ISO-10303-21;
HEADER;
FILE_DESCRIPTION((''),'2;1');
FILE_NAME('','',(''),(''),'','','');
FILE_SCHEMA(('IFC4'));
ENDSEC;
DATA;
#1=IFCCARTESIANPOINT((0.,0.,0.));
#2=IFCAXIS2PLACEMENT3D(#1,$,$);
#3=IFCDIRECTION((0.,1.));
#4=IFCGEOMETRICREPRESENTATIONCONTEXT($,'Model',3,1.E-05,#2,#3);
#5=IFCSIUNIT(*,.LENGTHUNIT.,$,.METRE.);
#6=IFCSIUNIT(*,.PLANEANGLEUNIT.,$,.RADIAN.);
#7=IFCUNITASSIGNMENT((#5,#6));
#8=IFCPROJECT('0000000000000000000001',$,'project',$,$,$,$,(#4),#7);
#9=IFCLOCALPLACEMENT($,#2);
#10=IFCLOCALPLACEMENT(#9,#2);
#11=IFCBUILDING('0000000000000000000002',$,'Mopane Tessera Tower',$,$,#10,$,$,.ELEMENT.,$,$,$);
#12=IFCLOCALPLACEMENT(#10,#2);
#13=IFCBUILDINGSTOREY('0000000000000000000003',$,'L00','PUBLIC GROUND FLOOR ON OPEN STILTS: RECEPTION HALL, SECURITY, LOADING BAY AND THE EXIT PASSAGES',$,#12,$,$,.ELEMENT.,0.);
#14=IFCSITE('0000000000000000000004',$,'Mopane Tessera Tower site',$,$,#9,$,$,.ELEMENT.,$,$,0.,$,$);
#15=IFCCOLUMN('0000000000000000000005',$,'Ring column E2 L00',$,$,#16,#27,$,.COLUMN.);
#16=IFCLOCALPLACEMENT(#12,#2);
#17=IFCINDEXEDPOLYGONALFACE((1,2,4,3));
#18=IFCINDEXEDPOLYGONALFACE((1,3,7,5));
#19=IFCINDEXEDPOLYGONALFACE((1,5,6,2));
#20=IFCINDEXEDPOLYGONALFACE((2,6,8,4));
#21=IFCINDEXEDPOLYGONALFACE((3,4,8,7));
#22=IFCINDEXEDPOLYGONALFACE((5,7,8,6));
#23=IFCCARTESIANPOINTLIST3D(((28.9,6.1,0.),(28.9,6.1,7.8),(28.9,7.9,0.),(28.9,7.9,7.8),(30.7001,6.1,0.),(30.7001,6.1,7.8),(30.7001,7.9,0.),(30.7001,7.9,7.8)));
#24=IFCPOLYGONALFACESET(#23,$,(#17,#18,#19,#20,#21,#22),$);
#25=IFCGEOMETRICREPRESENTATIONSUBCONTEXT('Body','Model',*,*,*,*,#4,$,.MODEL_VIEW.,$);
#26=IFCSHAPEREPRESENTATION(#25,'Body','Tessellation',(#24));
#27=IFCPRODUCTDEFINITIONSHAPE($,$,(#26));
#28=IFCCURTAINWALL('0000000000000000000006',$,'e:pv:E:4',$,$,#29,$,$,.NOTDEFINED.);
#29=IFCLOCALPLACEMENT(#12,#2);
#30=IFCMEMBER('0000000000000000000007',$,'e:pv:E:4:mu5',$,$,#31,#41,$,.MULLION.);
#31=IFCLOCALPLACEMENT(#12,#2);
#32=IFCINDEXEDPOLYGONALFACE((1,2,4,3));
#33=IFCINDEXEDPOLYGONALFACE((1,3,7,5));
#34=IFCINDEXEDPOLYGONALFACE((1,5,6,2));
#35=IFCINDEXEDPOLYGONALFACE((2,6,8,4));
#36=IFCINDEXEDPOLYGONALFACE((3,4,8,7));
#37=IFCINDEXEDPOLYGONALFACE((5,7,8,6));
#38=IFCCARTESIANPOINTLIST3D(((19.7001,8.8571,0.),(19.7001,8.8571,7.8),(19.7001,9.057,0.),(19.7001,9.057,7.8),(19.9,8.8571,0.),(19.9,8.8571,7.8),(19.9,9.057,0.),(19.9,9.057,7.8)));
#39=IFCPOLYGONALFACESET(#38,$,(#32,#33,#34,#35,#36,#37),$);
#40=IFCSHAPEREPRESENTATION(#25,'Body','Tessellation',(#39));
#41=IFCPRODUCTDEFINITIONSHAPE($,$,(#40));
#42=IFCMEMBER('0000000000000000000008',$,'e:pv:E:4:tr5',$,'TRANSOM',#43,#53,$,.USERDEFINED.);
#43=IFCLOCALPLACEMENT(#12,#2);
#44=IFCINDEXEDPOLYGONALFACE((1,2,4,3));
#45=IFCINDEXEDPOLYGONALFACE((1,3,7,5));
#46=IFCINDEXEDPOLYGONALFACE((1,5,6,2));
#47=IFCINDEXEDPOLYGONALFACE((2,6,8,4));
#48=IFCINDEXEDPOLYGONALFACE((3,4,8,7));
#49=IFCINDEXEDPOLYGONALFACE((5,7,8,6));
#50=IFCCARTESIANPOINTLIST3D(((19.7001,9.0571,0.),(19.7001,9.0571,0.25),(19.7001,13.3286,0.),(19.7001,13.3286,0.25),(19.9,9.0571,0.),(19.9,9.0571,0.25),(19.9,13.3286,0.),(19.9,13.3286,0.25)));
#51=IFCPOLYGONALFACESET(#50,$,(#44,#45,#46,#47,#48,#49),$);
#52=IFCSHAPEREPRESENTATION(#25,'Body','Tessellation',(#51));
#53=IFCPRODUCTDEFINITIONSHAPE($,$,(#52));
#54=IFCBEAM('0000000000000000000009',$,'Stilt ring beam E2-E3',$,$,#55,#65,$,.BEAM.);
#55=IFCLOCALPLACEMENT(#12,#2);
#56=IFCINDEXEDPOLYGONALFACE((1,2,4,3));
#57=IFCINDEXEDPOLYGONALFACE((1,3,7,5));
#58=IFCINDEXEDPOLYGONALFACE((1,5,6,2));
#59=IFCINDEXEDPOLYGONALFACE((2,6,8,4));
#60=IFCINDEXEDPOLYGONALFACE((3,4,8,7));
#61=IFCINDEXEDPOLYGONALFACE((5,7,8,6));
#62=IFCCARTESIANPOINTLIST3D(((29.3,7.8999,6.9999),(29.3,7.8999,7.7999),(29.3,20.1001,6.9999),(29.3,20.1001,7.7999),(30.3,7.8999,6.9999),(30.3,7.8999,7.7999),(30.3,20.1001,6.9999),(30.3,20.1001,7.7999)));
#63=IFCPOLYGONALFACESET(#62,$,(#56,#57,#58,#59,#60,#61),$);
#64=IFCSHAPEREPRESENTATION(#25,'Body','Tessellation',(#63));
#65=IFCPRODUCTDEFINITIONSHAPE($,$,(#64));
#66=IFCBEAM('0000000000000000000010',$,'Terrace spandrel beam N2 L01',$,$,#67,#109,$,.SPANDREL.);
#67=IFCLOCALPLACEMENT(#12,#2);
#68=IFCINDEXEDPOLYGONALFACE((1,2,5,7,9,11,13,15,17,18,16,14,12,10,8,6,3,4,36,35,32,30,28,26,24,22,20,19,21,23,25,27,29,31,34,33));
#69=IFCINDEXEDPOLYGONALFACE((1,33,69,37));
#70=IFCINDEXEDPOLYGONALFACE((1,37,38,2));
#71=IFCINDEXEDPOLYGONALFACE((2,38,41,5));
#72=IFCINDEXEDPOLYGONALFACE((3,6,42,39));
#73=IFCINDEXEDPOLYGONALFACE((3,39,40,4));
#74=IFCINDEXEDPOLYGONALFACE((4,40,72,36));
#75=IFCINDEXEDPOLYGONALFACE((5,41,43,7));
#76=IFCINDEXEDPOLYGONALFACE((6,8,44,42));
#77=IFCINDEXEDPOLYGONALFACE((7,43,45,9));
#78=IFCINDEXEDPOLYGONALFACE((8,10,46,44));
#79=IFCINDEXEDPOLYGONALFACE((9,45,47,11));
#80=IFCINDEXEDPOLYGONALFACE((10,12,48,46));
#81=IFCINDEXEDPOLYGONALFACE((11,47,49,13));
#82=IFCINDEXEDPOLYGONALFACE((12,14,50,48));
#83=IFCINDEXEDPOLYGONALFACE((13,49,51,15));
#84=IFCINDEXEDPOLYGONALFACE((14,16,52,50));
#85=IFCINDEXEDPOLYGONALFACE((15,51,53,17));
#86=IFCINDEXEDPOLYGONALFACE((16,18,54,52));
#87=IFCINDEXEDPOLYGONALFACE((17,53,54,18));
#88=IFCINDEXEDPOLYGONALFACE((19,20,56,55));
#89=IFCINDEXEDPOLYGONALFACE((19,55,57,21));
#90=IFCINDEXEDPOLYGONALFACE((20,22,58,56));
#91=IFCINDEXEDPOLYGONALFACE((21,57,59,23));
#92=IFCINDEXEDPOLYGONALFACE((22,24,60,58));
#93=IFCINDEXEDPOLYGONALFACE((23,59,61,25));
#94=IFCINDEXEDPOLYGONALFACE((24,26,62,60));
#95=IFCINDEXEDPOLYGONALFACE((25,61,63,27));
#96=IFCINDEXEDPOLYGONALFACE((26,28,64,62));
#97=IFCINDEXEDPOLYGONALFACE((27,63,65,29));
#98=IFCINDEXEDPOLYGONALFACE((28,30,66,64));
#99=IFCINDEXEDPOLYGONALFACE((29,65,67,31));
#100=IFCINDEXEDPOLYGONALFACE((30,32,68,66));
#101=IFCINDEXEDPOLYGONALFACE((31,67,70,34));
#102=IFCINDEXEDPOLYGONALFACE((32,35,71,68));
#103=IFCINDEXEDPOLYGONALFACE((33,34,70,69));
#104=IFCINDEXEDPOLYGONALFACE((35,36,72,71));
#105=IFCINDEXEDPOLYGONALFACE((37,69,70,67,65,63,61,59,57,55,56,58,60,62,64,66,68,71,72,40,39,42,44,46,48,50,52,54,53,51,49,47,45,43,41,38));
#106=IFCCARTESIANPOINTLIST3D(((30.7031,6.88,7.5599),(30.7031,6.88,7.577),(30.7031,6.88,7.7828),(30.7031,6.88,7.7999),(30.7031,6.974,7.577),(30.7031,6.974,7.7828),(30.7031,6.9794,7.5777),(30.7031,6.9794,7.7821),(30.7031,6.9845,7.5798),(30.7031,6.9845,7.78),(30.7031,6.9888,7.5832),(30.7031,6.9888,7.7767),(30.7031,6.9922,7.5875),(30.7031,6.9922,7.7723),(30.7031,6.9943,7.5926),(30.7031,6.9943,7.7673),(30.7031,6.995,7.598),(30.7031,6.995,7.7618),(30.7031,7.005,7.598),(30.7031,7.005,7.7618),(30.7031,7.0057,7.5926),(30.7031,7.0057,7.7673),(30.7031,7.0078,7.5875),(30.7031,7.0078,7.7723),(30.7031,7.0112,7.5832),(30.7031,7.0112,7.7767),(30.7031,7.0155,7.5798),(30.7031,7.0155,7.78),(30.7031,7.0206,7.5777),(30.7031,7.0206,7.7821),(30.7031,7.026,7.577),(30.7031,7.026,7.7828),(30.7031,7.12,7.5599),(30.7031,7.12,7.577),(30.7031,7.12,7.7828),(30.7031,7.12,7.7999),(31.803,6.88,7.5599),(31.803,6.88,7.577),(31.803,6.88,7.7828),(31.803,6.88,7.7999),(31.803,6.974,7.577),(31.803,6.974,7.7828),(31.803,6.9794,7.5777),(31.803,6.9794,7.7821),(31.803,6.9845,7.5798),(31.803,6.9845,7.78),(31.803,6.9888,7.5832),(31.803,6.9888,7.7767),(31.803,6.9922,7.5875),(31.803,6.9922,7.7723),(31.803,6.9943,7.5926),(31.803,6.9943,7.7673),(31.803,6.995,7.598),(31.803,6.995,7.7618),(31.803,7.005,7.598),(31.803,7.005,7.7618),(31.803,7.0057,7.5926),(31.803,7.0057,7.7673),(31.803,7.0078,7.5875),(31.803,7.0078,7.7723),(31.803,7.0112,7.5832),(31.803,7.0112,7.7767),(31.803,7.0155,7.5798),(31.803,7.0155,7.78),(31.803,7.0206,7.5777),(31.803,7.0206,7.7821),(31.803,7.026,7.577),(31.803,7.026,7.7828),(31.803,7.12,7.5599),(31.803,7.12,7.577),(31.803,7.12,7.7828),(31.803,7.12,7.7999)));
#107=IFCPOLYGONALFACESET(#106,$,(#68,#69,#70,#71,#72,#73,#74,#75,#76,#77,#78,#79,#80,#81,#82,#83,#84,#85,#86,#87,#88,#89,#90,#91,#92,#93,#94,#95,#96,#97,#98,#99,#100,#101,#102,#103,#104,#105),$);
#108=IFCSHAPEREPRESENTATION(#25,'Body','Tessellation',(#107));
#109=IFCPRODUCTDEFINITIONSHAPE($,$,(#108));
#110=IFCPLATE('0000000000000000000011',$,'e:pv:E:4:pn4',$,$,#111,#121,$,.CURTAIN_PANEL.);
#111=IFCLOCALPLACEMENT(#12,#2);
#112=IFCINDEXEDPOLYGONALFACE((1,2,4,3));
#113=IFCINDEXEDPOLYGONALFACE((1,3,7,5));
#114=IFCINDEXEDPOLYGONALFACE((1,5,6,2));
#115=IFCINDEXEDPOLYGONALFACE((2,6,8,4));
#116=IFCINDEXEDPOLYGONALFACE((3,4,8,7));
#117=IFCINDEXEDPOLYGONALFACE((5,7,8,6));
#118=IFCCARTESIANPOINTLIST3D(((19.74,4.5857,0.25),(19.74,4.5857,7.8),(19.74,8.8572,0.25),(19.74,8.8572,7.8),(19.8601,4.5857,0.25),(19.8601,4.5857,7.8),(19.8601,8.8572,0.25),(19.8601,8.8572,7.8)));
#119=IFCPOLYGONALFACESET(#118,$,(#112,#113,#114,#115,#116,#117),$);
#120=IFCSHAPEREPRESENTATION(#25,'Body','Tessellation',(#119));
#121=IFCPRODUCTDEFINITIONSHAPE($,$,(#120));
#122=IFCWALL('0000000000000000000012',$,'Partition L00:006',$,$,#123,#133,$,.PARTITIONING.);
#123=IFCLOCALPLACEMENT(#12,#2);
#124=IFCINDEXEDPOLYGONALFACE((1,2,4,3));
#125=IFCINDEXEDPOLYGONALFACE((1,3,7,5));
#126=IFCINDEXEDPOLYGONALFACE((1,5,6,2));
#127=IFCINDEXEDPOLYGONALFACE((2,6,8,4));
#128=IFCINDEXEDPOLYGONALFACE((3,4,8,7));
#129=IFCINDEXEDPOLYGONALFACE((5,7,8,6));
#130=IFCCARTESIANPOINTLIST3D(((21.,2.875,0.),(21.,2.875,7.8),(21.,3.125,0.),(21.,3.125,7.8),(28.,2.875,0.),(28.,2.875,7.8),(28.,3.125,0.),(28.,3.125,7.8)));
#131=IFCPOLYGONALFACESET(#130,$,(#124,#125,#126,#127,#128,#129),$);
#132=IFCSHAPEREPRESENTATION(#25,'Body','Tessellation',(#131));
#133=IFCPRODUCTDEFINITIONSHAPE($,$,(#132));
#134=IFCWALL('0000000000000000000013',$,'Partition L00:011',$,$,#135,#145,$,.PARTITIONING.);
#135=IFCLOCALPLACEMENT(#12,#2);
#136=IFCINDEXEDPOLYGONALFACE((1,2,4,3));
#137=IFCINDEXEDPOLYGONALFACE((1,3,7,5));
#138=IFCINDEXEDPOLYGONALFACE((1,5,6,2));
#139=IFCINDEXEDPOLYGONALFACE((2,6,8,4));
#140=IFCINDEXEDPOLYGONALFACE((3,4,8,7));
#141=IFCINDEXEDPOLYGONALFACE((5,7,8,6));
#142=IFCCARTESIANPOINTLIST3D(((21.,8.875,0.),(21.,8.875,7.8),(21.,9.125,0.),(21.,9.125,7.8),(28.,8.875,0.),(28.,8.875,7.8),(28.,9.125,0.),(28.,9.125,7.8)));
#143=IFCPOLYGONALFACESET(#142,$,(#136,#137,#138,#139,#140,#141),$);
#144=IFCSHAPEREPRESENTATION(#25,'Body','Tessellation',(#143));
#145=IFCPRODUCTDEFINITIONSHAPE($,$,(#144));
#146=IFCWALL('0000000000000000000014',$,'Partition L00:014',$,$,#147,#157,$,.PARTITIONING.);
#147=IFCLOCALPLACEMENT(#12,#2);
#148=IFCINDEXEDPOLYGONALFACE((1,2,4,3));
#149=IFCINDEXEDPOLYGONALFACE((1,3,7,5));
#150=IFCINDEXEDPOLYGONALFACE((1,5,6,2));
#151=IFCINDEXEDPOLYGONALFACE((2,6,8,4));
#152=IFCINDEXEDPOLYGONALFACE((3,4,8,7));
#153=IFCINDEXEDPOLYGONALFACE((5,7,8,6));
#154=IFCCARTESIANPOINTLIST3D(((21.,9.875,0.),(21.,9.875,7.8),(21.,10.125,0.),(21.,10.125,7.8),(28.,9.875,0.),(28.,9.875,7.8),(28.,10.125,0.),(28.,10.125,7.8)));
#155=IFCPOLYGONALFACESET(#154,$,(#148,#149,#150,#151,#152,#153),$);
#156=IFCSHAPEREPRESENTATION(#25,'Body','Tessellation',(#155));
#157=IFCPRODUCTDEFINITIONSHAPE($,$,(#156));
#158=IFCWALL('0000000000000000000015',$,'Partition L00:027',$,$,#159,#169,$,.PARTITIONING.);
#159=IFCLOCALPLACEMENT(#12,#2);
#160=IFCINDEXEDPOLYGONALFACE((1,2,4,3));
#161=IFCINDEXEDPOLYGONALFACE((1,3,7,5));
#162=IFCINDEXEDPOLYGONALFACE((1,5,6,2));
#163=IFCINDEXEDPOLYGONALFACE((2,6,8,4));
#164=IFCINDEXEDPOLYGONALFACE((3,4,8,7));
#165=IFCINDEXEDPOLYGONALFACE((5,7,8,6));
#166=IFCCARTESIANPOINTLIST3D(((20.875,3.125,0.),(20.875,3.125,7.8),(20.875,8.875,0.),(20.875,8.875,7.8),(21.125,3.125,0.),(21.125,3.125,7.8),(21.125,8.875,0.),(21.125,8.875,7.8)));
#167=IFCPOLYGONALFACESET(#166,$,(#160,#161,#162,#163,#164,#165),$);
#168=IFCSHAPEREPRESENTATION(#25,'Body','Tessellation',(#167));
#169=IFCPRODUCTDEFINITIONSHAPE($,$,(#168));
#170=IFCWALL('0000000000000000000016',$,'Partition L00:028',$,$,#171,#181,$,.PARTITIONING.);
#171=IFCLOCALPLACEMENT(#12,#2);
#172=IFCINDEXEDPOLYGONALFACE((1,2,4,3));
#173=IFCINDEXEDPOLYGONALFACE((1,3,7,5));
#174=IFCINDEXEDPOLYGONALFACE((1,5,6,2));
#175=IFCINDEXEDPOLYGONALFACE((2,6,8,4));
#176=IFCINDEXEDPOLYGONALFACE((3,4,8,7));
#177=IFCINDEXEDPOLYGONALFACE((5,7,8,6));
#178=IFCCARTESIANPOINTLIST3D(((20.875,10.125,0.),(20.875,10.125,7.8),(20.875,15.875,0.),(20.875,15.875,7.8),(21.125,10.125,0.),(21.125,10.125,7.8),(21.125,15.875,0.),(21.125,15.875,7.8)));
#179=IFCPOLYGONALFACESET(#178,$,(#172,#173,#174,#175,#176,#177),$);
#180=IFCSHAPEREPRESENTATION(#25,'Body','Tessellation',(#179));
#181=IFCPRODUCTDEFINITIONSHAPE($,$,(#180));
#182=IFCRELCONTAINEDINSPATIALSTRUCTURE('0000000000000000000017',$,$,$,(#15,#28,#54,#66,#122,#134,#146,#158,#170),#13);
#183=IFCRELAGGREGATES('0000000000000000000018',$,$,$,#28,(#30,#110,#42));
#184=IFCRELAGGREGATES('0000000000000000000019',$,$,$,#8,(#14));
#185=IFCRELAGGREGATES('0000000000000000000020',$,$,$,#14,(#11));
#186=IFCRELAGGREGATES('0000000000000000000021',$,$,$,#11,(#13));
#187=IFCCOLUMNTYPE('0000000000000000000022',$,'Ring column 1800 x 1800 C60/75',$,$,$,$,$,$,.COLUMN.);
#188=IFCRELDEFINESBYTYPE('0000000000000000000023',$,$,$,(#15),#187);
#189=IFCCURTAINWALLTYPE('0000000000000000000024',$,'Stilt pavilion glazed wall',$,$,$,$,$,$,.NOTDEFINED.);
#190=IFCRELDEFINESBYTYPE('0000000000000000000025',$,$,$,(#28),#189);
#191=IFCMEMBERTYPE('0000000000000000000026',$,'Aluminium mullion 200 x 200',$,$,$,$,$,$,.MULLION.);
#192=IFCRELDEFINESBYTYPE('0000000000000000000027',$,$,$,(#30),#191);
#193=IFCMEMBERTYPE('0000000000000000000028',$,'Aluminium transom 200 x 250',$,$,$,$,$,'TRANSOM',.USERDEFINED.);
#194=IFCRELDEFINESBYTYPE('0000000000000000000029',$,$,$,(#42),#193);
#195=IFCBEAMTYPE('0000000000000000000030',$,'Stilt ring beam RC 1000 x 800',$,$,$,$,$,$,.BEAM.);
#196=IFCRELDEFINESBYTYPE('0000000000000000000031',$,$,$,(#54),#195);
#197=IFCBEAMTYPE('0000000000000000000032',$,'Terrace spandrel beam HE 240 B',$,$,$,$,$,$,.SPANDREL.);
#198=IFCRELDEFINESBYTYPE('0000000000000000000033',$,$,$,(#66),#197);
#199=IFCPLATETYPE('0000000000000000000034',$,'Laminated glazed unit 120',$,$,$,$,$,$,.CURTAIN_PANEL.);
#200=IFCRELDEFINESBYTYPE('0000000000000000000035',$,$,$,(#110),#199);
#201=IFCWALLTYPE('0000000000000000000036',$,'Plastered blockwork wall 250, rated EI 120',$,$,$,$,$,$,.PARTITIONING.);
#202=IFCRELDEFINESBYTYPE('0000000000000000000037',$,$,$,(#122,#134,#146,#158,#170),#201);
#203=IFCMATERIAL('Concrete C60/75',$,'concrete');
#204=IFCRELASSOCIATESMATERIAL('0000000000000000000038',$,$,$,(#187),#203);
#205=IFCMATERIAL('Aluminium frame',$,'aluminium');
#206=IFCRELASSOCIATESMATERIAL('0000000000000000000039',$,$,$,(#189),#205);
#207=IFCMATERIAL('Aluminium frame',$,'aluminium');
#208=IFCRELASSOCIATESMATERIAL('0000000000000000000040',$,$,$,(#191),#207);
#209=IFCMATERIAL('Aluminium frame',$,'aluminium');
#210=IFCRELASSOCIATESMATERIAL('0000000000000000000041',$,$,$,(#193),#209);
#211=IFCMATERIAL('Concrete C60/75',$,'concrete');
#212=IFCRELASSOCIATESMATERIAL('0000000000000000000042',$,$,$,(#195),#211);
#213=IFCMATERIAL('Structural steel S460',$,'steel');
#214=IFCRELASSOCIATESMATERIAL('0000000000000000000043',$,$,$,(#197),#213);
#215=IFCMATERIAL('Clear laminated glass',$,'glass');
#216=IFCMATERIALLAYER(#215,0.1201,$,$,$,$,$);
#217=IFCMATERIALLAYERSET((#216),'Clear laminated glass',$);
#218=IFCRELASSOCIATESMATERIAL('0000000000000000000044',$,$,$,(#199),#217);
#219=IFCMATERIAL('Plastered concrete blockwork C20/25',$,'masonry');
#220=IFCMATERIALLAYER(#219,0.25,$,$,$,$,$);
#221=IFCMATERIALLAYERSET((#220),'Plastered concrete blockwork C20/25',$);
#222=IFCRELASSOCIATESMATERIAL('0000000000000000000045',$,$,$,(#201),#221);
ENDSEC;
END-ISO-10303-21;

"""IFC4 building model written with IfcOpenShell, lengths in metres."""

from ifc_helpers import new_model, si_unit, direction, frame, frame_2d, origin, origin_2d, place, context, subcontext, project, spatial, rectangle, i_section, extrude, material, layer, layer_set, material_profile, profile_set, type_object, element, aggregate, save


model = new_model("IFC4")

# Units and contexts
model_context = context("Model", 3, precision=1e-05, world=origin(), true_north=direction((0.0, 1.0)))
body_context = subcontext(model_context, "Body", "Model", "MODEL_VIEW")
ifc_project = project(units=[si_unit("LENGTHUNIT", "METRE"), si_unit("PLANEANGLEUNIT", "RADIAN")], contexts=[model_context])

# Site, building, storey
site_placement = place(None, origin())
site = spatial("IfcSite", under=ifc_project, at=site_placement, Name="Mopane Tessera Tower site", CompositionType="ELEMENT", RefElevation=0.0)
building_placement = place(site_placement, origin())
building = spatial("IfcBuilding", under=site, at=building_placement, Name="Mopane Tessera Tower", CompositionType="ELEMENT")
storey_placement = place(building_placement, origin())
storey = spatial("IfcBuildingStorey", under=building, at=storey_placement, Name="L00", Description="PUBLIC GROUND FLOOR ON OPEN STILTS: RECEPTION HALL, SECURITY, LOADING BAY AND THE EXIT PASSAGES", CompositionType="ELEMENT", Elevation=0.0)

# Column
ifc_material_1 = material(Name="Concrete C60/75", Category="concrete")
ifc_material_profile_1 = material_profile(ifc_material_1, rectangle(XDim=1.8, YDim=1.8, at=origin_2d()))
ifc_profile_set_1 = profile_set([ifc_material_profile_1], Name="Concrete C60/75")
column_type = type_object("IfcColumnType", Name="Ring column 1800 x 1800 C60/75", PredefinedType="COLUMN", material=ifc_profile_set_1)
column_placement = place(storey_placement, frame((29.8, 7.0, 0.0), z_axis=(0.0, 0.0, 1.0), x_axis=(1.0, 0.0, 0.0)))
element("IfcColumn", 1, at=column_placement, inside=storey, type_object=column_type, Name="Ring column E2 L00", PredefinedType="COLUMN", context=body_context, shape_type="SweptSolid", body=[
    extrude(rectangle(XDim=1.8, YDim=1.8, at=origin_2d()), origin(), (0.0, 0.0, 1.0), 7.8),
])

# Curtain wall, members
ifc_material_2 = material(Name="Aluminium frame", Category="aluminium")
curtain_wall_type = type_object("IfcCurtainWallType", Name="Stilt pavilion glazed wall", PredefinedType="NOTDEFINED", material=ifc_material_2)
curtain_wall_placement = place(storey_placement, origin())
curtain_wall = element("IfcCurtainWall", 2, at=curtain_wall_placement, inside=storey, type_object=curtain_wall_type, Name="e:pv:E:4", PredefinedType="NOTDEFINED")
ifc_material_3 = material(Name="Aluminium frame", Category="aluminium")
ifc_material_profile_2 = material_profile(ifc_material_3, rectangle(XDim=0.2, YDim=0.2, at=origin_2d()))
ifc_profile_set_2 = profile_set([ifc_material_profile_2], Name="Aluminium frame")
member_type_1 = type_object("IfcMemberType", Name="Aluminium mullion 200 x 200", PredefinedType="MULLION", material=ifc_profile_set_2)
member_1_placement = place(storey_placement, frame((19.8, 8.957, 0.0), z_axis=(0.0, 0.0, 1.0), x_axis=(0.0, 1.0, 0.0)))
member_1 = element("IfcMember", 3, at=member_1_placement, type_object=member_type_1, Name="e:pv:E:4:mu5", PredefinedType="MULLION", context=body_context, shape_type="SweptSolid", body=[
    extrude(rectangle(XDim=0.2, YDim=0.2, at=origin_2d()), origin(), (0.0, 0.0, 1.0), 7.8),
])
ifc_material_4 = material(Name="Aluminium frame", Category="aluminium")
ifc_material_profile_3 = material_profile(ifc_material_4, rectangle(XDim=0.2, YDim=0.25, at=origin_2d()))
ifc_profile_set_3 = profile_set([ifc_material_profile_3], Name="Aluminium frame")
member_type_2 = type_object("IfcMemberType", Name="Aluminium transom 200 x 250", ElementType="TRANSOM", PredefinedType="USERDEFINED", material=ifc_profile_set_3)
member_2_placement = place(storey_placement, frame((19.8, 9.0571, 0.125), z_axis=(0.0, 1.0, 0.0), x_axis=(-1.0, 0.0, 0.0)))
member_2 = element("IfcMember", 4, at=member_2_placement, type_object=member_type_2, Name="e:pv:E:4:tr5", ObjectType="TRANSOM", PredefinedType="USERDEFINED", context=body_context, shape_type="SweptSolid", body=[
    extrude(rectangle(XDim=0.2, YDim=0.25, at=origin_2d()), origin(), (0.0, 0.0, 1.0), 4.2715),
])

# Beams
ifc_material_5 = material(Name="Concrete C60/75", Category="concrete")
ifc_material_profile_4 = material_profile(ifc_material_5, rectangle(XDim=1.0, YDim=0.8, at=origin_2d()))
ifc_profile_set_4 = profile_set([ifc_material_profile_4], Name="Concrete C60/75")
beam_type_1 = type_object("IfcBeamType", Name="Stilt ring beam RC 1000 x 800", PredefinedType="BEAM", material=ifc_profile_set_4)
beam_1_placement = place(storey_placement, frame((29.8, 7.8999, 7.3999), z_axis=(0.0, 1.0, 0.0), x_axis=(-1.0, 0.0, 0.0)))
element("IfcBeam", 5, at=beam_1_placement, inside=storey, type_object=beam_type_1, Name="Stilt ring beam E2-E3", PredefinedType="BEAM", context=body_context, shape_type="SweptSolid", body=[
    extrude(rectangle(XDim=1.0, YDim=0.8, at=origin_2d()), origin(), (0.0, 0.0, 1.0), 12.2002),
])
ifc_material_6 = material(Name="Structural steel S460", Category="steel")
ifc_material_profile_5 = material_profile(ifc_material_6, i_section(OverallWidth=0.24, OverallDepth=0.24, WebThickness=0.01, FlangeThickness=0.0171, FilletRadius=0.021, at=origin_2d()))
ifc_profile_set_5 = profile_set([ifc_material_profile_5], Name="Structural steel S460")
beam_type_2 = type_object("IfcBeamType", Name="Terrace spandrel beam HE 240 B", PredefinedType="SPANDREL", material=ifc_profile_set_5)
beam_2_placement = place(storey_placement, frame((30.7031, 7.0, 7.6799), z_axis=(1.0, 0.0, 0.0), x_axis=(0.0, 1.0, 0.0)))
element("IfcBeam", 6, at=beam_2_placement, inside=storey, type_object=beam_type_2, Name="Terrace spandrel beam N2 L01", PredefinedType="SPANDREL", context=body_context, shape_type="SweptSolid", body=[
    extrude(i_section(OverallWidth=0.24, OverallDepth=0.24, WebThickness=0.01, FlangeThickness=0.0171, FilletRadius=0.021, at=origin_2d()), origin(), (0.0, 0.0, 1.0), 1.0999),
])

# Plate
ifc_material_7 = material(Name="Clear laminated glass", Category="glass")
ifc_layer_1 = layer(ifc_material_7, 0.1201)
ifc_layer_set_1 = layer_set([ifc_layer_1], Name="Clear laminated glass")
plate_type = type_object("IfcPlateType", Name="Laminated glazed unit 120", PredefinedType="CURTAIN_PANEL", material=ifc_layer_set_1)
plate_placement = place(storey_placement, frame((19.8, 6.7214, 0.25), z_axis=(0.0, 0.0, 1.0), x_axis=(0.0, 1.0, 0.0)))
plate = element("IfcPlate", 7, at=plate_placement, type_object=plate_type, Name="e:pv:E:4:pn4", PredefinedType="CURTAIN_PANEL", context=body_context, shape_type="SweptSolid", body=[
    extrude(rectangle(XDim=4.2715, YDim=0.1201, at=origin_2d()), origin(), (0.0, 0.0, 1.0), 7.55),
])
aggregate(curtain_wall, [member_1, plate, member_2])

# Walls
ifc_material_8 = material(Name="Plastered concrete blockwork C20/25", Category="masonry")
ifc_layer_2 = layer(ifc_material_8, 0.25)
ifc_layer_set_2 = layer_set([ifc_layer_2], Name="Plastered concrete blockwork C20/25")
wall_type = type_object("IfcWallType", Name="Plastered blockwork wall 250, rated EI 120", PredefinedType="PARTITIONING", material=ifc_layer_set_2)
for number, where, z_axis, x_axis, name in (
    (8, (21.0, 3.0, 0.0), (0.0, 0.0, 1.0), (1.0, 0.0, 0.0), "Partition L00:006"),
    (9, (21.0, 9.0, 0.0), (0.0, 0.0, 1.0), (1.0, 0.0, 0.0), "Partition L00:011"),
    (10, (21.0, 10.0, 0.0), (0.0, 0.0, 1.0), (1.0, 0.0, 0.0), "Partition L00:014"),
):
    element("IfcWall", number, at=place(storey_placement, frame(where, z_axis=z_axis, x_axis=x_axis)), inside=storey, type_object=wall_type, Name=name, PredefinedType="PARTITIONING", context=body_context, shape_type="SweptSolid", body=[
        extrude(rectangle(XDim=7.0, YDim=0.25, at=frame_2d((3.5, 0.0))), origin(), (0.0, 0.0, 1.0), 7.8),
    ])
for number, where, z_axis, x_axis, name in (
    (11, (21.0, 3.125, 0.0), (0.0, 0.0, 1.0), (0.0, 1.0, 0.0), "Partition L00:027"),
    (12, (21.0, 10.125, 0.0), (0.0, 0.0, 1.0), (0.0, 1.0, 0.0), "Partition L00:028"),
):
    element("IfcWall", number, at=place(storey_placement, frame(where, z_axis=z_axis, x_axis=x_axis)), inside=storey, type_object=wall_type, Name=name, PredefinedType="PARTITIONING", context=body_context, shape_type="SweptSolid", body=[
        extrude(rectangle(XDim=5.75, YDim=0.25, at=frame_2d((2.875, 0.0))), origin(), (0.0, 0.0, 1.0), 7.8),
    ])

save(model, "model.ifc")
